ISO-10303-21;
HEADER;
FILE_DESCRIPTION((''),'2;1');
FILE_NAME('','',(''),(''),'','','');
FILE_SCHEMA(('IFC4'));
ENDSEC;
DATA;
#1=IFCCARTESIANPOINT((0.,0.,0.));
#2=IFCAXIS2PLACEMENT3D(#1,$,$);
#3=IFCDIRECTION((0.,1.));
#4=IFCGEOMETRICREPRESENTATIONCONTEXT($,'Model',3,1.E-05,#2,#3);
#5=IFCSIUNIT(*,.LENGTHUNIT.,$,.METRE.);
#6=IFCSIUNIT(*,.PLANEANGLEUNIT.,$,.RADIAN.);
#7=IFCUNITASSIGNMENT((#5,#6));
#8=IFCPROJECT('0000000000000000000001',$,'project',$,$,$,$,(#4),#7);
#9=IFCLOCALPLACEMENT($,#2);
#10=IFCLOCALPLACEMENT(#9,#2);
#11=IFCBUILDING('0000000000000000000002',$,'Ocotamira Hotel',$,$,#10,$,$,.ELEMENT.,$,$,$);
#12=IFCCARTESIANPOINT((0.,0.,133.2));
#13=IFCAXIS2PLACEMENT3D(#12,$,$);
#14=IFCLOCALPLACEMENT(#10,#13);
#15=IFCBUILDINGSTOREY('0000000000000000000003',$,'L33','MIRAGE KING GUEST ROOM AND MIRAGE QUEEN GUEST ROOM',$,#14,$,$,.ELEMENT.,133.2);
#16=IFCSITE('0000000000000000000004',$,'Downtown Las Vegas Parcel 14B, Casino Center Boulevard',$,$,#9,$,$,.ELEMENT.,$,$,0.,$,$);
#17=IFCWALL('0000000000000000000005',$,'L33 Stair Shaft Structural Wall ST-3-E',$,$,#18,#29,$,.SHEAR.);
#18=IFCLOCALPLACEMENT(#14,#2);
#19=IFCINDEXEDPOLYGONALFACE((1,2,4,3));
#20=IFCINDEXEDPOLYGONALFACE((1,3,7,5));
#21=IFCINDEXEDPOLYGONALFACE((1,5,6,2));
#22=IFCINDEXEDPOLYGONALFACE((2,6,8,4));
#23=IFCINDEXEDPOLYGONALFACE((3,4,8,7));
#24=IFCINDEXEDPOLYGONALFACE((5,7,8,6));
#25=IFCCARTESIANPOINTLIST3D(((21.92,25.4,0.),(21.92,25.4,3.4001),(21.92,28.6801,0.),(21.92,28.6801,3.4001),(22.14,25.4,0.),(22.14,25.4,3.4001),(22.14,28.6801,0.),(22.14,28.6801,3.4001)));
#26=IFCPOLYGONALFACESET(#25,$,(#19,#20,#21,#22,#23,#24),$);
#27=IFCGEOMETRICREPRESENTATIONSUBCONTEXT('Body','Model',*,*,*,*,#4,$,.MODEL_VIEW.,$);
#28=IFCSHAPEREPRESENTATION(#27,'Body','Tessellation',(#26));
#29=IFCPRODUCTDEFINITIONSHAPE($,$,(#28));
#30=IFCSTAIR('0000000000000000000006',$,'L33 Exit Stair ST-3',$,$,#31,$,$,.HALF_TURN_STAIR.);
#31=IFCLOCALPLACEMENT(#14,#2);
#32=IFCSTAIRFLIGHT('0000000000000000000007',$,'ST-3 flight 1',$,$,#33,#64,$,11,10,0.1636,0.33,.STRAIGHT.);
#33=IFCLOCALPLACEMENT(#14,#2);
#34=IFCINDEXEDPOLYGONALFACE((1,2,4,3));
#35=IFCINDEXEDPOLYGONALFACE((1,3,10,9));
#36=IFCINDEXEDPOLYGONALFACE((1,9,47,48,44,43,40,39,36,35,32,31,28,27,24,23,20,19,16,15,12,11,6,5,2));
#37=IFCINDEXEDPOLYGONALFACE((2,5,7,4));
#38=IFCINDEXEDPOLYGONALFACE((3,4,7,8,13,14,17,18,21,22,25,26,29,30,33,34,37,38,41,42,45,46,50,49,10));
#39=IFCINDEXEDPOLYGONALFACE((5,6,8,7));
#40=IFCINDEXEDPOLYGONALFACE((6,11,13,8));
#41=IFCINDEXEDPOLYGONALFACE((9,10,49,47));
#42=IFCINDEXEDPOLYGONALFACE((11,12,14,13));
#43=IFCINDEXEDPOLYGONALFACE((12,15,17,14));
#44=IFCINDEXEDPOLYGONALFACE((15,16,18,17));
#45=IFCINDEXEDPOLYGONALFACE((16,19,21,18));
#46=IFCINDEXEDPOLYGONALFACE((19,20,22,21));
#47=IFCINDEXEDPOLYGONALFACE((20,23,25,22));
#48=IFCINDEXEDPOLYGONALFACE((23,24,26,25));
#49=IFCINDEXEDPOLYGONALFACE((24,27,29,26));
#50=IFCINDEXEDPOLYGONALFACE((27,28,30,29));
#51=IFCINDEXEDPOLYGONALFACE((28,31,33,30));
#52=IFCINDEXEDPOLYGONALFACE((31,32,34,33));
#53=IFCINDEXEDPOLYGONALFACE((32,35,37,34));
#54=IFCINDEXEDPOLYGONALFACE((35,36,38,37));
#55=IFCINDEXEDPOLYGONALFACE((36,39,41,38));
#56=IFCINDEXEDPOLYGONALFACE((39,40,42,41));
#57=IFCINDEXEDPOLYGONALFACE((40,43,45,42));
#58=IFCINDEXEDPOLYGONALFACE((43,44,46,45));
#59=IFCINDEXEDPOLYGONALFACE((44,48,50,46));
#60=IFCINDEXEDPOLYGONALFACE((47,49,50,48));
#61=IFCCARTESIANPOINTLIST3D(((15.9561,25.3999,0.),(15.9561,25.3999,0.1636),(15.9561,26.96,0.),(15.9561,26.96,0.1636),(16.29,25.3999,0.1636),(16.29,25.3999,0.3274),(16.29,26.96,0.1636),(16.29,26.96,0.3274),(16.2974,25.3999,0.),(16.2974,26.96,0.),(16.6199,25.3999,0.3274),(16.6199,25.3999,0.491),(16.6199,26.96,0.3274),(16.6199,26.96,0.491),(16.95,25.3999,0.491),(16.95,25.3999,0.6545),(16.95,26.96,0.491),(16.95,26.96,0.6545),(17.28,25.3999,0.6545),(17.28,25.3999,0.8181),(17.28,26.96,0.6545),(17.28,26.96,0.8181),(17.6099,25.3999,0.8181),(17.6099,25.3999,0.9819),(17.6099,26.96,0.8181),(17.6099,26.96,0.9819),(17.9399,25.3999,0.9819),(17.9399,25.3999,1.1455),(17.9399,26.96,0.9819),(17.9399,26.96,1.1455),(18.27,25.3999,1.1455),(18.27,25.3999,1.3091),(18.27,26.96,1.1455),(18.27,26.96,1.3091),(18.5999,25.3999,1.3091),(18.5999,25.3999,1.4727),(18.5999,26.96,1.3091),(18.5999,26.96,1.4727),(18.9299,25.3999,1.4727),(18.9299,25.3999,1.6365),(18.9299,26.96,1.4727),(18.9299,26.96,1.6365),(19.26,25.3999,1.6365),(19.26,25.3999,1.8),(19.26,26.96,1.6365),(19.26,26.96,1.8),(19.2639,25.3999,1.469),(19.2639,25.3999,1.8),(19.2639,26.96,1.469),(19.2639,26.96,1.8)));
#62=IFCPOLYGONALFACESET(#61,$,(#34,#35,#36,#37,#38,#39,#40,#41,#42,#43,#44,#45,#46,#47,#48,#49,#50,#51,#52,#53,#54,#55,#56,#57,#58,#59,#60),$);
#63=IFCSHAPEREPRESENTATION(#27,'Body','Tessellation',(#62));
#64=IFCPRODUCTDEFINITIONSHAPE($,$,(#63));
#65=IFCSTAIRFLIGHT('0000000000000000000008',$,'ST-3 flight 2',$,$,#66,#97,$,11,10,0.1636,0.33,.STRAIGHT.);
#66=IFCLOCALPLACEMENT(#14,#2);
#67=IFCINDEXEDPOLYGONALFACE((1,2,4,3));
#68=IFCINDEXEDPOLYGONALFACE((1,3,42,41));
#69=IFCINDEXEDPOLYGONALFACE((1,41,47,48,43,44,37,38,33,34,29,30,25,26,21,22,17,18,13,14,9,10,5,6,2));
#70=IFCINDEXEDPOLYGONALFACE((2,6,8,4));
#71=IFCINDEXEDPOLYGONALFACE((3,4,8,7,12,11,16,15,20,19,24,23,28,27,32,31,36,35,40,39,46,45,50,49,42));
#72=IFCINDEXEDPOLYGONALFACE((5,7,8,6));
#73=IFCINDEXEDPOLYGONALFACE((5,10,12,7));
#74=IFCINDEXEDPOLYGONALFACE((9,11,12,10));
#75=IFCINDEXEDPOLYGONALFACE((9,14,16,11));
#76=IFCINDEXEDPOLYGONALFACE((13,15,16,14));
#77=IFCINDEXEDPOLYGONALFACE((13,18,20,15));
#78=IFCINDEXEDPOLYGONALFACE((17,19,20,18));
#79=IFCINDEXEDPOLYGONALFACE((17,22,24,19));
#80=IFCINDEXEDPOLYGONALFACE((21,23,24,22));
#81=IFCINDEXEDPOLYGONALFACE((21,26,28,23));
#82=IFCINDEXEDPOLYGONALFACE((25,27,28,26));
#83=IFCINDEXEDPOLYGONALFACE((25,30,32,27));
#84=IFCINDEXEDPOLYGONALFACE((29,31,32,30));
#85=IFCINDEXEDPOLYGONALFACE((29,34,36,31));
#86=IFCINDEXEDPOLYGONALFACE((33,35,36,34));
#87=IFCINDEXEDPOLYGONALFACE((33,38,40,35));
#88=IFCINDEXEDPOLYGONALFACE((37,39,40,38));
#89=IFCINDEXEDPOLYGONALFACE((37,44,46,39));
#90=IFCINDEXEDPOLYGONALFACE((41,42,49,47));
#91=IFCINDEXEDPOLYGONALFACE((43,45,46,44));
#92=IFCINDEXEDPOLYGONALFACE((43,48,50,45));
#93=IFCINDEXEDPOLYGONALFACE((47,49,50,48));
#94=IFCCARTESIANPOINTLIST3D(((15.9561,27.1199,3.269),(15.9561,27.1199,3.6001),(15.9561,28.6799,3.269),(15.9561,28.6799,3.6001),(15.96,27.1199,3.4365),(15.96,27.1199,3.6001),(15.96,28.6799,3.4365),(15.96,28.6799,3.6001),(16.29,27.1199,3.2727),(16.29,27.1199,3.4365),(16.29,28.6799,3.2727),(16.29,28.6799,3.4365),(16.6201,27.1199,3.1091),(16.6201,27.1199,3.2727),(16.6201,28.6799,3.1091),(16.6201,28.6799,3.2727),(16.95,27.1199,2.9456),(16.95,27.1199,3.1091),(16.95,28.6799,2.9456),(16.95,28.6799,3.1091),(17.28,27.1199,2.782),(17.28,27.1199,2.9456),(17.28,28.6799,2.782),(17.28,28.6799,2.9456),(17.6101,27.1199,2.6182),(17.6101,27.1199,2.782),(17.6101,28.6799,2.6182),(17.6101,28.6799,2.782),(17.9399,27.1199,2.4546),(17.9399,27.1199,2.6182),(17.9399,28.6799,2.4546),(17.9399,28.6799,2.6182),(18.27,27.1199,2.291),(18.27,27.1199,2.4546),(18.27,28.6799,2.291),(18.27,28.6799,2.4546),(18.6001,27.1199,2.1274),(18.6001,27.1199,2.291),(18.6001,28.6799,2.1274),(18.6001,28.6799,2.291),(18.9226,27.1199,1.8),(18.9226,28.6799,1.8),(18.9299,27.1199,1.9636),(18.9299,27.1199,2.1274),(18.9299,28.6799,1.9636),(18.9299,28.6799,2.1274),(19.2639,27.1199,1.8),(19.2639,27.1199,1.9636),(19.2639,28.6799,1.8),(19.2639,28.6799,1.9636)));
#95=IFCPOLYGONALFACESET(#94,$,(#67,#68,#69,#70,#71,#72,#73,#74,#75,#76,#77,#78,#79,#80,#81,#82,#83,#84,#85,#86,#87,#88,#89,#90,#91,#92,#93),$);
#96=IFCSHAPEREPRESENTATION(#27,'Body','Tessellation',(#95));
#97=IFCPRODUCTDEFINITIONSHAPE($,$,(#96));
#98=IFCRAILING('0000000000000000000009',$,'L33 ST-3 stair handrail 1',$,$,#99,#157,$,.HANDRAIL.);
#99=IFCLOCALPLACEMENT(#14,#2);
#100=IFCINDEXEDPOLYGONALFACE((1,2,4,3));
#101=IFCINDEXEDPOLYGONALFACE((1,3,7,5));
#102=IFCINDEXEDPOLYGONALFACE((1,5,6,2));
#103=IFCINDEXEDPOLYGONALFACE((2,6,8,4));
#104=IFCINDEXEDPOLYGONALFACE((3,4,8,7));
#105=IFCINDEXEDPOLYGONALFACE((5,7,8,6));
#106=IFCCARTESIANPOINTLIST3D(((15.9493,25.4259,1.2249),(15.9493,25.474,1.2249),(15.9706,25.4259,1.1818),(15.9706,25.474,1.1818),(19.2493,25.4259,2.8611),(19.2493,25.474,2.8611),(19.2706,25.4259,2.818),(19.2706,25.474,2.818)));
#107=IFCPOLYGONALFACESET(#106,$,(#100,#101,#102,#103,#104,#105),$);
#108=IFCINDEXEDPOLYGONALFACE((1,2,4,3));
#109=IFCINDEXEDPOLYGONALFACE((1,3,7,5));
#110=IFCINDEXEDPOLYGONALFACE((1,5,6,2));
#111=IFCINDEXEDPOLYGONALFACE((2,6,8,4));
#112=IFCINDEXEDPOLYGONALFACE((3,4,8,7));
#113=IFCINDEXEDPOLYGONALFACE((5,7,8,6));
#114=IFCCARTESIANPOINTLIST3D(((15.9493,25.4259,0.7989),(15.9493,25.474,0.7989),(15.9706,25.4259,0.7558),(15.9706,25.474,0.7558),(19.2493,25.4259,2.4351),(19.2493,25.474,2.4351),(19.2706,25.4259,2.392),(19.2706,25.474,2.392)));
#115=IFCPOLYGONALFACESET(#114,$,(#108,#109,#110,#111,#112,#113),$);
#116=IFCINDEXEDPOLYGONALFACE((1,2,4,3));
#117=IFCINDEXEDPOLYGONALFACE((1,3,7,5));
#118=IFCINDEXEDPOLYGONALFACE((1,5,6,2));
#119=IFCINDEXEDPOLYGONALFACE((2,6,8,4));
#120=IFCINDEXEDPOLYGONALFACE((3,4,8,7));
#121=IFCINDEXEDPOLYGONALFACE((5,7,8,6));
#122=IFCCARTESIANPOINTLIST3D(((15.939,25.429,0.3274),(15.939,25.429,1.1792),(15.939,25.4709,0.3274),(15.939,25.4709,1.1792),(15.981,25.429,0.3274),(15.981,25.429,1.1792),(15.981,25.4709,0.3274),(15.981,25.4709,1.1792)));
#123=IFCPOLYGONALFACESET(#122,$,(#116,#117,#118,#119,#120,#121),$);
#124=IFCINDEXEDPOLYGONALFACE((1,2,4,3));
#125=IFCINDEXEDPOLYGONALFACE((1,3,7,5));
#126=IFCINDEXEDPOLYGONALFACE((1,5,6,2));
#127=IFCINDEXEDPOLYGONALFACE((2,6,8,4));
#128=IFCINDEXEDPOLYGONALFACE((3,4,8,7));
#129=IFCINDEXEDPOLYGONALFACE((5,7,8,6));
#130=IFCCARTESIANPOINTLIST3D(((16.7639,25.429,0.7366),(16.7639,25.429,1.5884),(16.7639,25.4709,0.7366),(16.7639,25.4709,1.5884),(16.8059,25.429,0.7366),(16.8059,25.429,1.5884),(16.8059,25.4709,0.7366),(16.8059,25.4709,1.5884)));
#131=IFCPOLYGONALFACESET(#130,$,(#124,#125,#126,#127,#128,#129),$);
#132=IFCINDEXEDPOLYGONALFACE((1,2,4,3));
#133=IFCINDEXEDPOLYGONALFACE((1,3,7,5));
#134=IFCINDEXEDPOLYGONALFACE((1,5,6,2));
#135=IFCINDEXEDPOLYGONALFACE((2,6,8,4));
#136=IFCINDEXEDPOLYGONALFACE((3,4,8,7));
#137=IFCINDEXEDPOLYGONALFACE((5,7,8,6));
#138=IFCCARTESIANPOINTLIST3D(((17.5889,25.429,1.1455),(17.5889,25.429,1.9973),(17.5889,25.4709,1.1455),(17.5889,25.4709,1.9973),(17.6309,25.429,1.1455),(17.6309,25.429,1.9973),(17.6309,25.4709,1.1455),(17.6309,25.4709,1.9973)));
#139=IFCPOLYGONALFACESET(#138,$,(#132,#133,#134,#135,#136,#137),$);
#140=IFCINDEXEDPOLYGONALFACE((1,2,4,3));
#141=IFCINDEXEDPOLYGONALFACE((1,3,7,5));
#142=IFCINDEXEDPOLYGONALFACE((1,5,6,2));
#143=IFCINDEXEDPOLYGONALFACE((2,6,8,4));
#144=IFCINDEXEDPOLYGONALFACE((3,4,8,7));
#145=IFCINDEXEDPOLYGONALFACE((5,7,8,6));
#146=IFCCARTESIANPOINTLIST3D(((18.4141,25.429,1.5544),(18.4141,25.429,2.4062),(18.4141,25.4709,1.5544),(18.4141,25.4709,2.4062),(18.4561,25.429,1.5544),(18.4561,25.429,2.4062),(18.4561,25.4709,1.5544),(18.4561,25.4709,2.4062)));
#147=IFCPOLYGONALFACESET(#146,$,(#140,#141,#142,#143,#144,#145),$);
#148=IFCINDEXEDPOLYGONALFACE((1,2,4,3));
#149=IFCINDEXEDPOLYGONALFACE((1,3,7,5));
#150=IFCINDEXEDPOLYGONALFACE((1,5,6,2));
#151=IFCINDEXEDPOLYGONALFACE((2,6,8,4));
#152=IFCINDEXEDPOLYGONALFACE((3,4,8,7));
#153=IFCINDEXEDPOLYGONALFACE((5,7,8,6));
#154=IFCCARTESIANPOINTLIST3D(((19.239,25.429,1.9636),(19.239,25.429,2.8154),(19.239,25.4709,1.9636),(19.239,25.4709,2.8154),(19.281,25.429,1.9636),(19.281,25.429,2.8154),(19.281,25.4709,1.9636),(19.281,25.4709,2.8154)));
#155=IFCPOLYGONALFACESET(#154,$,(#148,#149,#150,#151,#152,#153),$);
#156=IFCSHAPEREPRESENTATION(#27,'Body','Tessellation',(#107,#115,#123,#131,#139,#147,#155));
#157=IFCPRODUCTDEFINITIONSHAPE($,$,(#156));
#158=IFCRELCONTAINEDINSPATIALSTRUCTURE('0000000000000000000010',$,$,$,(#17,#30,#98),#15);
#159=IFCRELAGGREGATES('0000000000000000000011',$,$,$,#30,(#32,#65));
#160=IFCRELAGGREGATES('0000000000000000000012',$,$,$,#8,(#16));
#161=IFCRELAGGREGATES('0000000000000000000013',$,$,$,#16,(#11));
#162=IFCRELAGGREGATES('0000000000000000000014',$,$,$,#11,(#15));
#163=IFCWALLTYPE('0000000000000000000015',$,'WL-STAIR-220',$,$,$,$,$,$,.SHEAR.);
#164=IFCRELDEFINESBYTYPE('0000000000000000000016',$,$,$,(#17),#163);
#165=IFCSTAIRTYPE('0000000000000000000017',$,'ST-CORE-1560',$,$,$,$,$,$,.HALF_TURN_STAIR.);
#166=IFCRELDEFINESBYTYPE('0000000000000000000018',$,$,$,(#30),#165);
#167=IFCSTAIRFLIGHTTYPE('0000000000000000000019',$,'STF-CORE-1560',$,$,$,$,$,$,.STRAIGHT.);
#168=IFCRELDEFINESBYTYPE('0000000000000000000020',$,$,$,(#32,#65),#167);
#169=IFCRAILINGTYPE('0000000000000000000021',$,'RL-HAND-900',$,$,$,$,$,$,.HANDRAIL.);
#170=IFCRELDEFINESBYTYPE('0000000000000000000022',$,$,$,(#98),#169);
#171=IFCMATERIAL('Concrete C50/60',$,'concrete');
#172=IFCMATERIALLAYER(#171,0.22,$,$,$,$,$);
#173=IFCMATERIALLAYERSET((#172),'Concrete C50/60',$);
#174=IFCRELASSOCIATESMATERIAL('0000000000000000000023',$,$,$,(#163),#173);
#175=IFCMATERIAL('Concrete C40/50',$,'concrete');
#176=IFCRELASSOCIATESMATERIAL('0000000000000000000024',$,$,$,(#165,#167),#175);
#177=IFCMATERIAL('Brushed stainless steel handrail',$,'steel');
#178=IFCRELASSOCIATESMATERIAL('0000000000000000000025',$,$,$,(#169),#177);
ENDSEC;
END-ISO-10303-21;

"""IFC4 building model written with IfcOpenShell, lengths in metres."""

from ifc_helpers import new_model, si_unit, direction, frame, frame_2d, origin, origin_2d, place, context, subcontext, project, spatial, polyline, rectangle, outline, extrude, source, transform, mapped, material, layer, layer_set, type_object, element, aggregate, save


model = new_model("IFC4")

# Units and contexts
model_context = context("Model", 3, precision=1e-05, world=origin(), true_north=direction((0.0, 1.0)))
body_context = subcontext(model_context, "Body", "Model", "MODEL_VIEW")
ifc_project = project(units=[si_unit("LENGTHUNIT", "METRE"), si_unit("PLANEANGLEUNIT", "RADIAN")], contexts=[model_context])

# Site, building, storey
site_placement = place(None, origin())
site = spatial("IfcSite", under=ifc_project, at=site_placement, Name="Downtown Las Vegas Parcel 14B, Casino Center Boulevard", CompositionType="ELEMENT", RefElevation=0.0)
building_placement = place(site_placement, origin())
building = spatial("IfcBuilding", under=site, at=building_placement, Name="Ocotamira Hotel", CompositionType="ELEMENT")
storey_placement = place(building_placement, frame((0.0, 0.0, 133.2)))
storey = spatial("IfcBuildingStorey", under=building, at=storey_placement, Name="L33", Description="MIRAGE KING GUEST ROOM AND MIRAGE QUEEN GUEST ROOM", CompositionType="ELEMENT", Elevation=133.2)

# Shared definitions
ifc_material_1 = material(Name="Concrete C50/60", Category="concrete")
ifc_layer_1 = layer(ifc_material_1, 0.22)
ifc_layer_set_1 = layer_set([ifc_layer_1], Name="Concrete C50/60")
wall_type_1 = type_object("IfcWallType", Name="WL-STAIR-220", PredefinedType="SHEAR", material=ifc_layer_set_1)

# Wall
for number, where, z_axis, x_axis, name in (
    (1, (22.03, 25.3999, 0.0), (0.0, 0.0, 1.0), (0.0, 1.0, 0.0), "L33 Stair Shaft Structural Wall ST-3-E"),
):
    element("IfcWall", number, at=place(storey_placement, frame(where, z_axis=z_axis, x_axis=x_axis)), inside=storey, type_object=wall_type_1, Name=name, PredefinedType="SHEAR", context=body_context, shape_type="SweptSolid", body=[
        extrude(rectangle(XDim=3.28, YDim=0.22, at=frame_2d((1.6401, 0.0))), origin(), (0.0, 0.0, 1.0), 3.4001),
    ])

# Stair, stair flights
ifc_material_2 = material(Name="Concrete C40/50", Category="concrete")
stair_type = type_object("IfcStairType", Name="ST-CORE-1560", PredefinedType="HALF_TURN_STAIR", material=ifc_material_2)
stair_placement = place(storey_placement, origin())
stair = element("IfcStair", 2, at=stair_placement, inside=storey, type_object=stair_type, Name="L33 Exit Stair ST-3", PredefinedType="HALF_TURN_STAIR")
stair_flight_type = type_object("IfcStairFlightType", Name="STF-CORE-1560", PredefinedType="STRAIGHT", material=ifc_material_2)
shared_shape_1 = source(origin(), body_context, "Body", "SweptSolid", [
    extrude(outline(polyline([(-0.0039, 0.0), (-0.0039, 0.1636), (0.3301, 0.1636), (0.3301, 0.3274), (0.6599, 0.3274), (0.6599, 0.491), (0.99, 0.491), (0.99, 0.6545), (1.3201, 0.6545), (1.3201, 0.8181), (1.6499, 0.8181), (1.6499, 0.9819), (1.98, 0.9819), (1.98, 1.1455), (2.3101, 1.1455), (2.3101, 1.3091), (2.6399, 1.3091), (2.6399, 1.4727), (2.97, 1.4727), (2.97, 1.6365), (3.3, 1.6365), (3.3, 1.8), (3.304, 1.8), (3.304, 1.469), (0.3374, 0.0), (-0.0039, 0.0)])), frame((0.0, 0.78, 0.0), z_axis=(0.0, -1.0, 0.0), x_axis=(1.0, 0.0, 0.0)), (0.0, 0.0, 1.0), 1.5601),
])
stair_flight_1_placement = place(storey_placement, frame((15.96, 26.1799, 0.0), z_axis=(0.0, 0.0, 1.0), x_axis=(1.0, 0.0, 0.0)))
stair_flight_1 = element("IfcStairFlight", 3, at=stair_flight_1_placement, type_object=stair_flight_type, Name="ST-3 flight 1", NumberOfRisers=11, NumberOfTreads=10, PredefinedType="STRAIGHT", RiserHeight=0.1636, TreadLength=0.33, context=body_context, shape_type="MappedRepresentation", body=[
    mapped(shared_shape_1, transform((0.0, 0.0, 0.0), scale=1.0)),
])
stair_flight_2_placement = place(storey_placement, frame((19.26, 27.8999, 1.8), z_axis=(0.0, 0.0, 1.0), x_axis=(-1.0, 0.0, 0.0)))
stair_flight_2 = element("IfcStairFlight", 4, at=stair_flight_2_placement, type_object=stair_flight_type, Name="ST-3 flight 2", NumberOfRisers=11, NumberOfTreads=10, PredefinedType="STRAIGHT", RiserHeight=0.1636, TreadLength=0.33, context=body_context, shape_type="MappedRepresentation", body=[
    mapped(shared_shape_1, transform((0.0, 0.0, 0.0), scale=1.0)),
])
aggregate(stair, [stair_flight_1, stair_flight_2])

# Railing
ifc_material_3 = material(Name="Brushed stainless steel handrail", Category="steel")
railing_type_1 = type_object("IfcRailingType", Name="RL-HAND-900", PredefinedType="HANDRAIL", material=ifc_material_3)
railing_1_placement = place(storey_placement, frame((15.96, 25.45, 0.3274)))
element("IfcRailing", 5, at=railing_1_placement, inside=storey, type_object=railing_type_1, Name="L33 ST-3 stair handrail 1", PredefinedType="HANDRAIL", context=body_context, shape_type="SweptSolid", body=[
    extrude(rectangle(XDim=0.0481, YDim=0.0481, at=origin_2d()), frame((0.0, 0.0, 0.876), z_axis=(0.89592, 0.0, 0.444215), x_axis=(0.0, 1.0, 0.0)), (0.0, 0.0, 1.0), 3.6833),
    extrude(rectangle(XDim=0.0481, YDim=0.0481, at=origin_2d()), frame((0.0, 0.0, 0.45), z_axis=(0.89592, 0.0, 0.444215), x_axis=(0.0, 1.0, 0.0)), (0.0, 0.0, 1.0), 3.6833),
    extrude(rectangle(XDim=0.042, YDim=0.042, at=origin_2d()), origin(), (0.0, 0.0, 1.0), 0.8518),
    extrude(rectangle(XDim=0.042, YDim=0.042, at=origin_2d()), frame((0.825, 0.0, 0.4092)), (0.0, 0.0, 1.0), 0.8518),
    extrude(rectangle(XDim=0.042, YDim=0.042, at=origin_2d()), frame((1.6499, 0.0, 0.8181)), (0.0, 0.0, 1.0), 0.8518),
    extrude(rectangle(XDim=0.042, YDim=0.042, at=origin_2d()), frame((2.4751, 0.0, 1.2271)), (0.0, 0.0, 1.0), 0.8518),
    extrude(rectangle(XDim=0.042, YDim=0.042, at=origin_2d()), frame((3.3, 0.0, 1.6362)), (0.0, 0.0, 1.0), 0.8518),
])

save(model, "model.ifc")
